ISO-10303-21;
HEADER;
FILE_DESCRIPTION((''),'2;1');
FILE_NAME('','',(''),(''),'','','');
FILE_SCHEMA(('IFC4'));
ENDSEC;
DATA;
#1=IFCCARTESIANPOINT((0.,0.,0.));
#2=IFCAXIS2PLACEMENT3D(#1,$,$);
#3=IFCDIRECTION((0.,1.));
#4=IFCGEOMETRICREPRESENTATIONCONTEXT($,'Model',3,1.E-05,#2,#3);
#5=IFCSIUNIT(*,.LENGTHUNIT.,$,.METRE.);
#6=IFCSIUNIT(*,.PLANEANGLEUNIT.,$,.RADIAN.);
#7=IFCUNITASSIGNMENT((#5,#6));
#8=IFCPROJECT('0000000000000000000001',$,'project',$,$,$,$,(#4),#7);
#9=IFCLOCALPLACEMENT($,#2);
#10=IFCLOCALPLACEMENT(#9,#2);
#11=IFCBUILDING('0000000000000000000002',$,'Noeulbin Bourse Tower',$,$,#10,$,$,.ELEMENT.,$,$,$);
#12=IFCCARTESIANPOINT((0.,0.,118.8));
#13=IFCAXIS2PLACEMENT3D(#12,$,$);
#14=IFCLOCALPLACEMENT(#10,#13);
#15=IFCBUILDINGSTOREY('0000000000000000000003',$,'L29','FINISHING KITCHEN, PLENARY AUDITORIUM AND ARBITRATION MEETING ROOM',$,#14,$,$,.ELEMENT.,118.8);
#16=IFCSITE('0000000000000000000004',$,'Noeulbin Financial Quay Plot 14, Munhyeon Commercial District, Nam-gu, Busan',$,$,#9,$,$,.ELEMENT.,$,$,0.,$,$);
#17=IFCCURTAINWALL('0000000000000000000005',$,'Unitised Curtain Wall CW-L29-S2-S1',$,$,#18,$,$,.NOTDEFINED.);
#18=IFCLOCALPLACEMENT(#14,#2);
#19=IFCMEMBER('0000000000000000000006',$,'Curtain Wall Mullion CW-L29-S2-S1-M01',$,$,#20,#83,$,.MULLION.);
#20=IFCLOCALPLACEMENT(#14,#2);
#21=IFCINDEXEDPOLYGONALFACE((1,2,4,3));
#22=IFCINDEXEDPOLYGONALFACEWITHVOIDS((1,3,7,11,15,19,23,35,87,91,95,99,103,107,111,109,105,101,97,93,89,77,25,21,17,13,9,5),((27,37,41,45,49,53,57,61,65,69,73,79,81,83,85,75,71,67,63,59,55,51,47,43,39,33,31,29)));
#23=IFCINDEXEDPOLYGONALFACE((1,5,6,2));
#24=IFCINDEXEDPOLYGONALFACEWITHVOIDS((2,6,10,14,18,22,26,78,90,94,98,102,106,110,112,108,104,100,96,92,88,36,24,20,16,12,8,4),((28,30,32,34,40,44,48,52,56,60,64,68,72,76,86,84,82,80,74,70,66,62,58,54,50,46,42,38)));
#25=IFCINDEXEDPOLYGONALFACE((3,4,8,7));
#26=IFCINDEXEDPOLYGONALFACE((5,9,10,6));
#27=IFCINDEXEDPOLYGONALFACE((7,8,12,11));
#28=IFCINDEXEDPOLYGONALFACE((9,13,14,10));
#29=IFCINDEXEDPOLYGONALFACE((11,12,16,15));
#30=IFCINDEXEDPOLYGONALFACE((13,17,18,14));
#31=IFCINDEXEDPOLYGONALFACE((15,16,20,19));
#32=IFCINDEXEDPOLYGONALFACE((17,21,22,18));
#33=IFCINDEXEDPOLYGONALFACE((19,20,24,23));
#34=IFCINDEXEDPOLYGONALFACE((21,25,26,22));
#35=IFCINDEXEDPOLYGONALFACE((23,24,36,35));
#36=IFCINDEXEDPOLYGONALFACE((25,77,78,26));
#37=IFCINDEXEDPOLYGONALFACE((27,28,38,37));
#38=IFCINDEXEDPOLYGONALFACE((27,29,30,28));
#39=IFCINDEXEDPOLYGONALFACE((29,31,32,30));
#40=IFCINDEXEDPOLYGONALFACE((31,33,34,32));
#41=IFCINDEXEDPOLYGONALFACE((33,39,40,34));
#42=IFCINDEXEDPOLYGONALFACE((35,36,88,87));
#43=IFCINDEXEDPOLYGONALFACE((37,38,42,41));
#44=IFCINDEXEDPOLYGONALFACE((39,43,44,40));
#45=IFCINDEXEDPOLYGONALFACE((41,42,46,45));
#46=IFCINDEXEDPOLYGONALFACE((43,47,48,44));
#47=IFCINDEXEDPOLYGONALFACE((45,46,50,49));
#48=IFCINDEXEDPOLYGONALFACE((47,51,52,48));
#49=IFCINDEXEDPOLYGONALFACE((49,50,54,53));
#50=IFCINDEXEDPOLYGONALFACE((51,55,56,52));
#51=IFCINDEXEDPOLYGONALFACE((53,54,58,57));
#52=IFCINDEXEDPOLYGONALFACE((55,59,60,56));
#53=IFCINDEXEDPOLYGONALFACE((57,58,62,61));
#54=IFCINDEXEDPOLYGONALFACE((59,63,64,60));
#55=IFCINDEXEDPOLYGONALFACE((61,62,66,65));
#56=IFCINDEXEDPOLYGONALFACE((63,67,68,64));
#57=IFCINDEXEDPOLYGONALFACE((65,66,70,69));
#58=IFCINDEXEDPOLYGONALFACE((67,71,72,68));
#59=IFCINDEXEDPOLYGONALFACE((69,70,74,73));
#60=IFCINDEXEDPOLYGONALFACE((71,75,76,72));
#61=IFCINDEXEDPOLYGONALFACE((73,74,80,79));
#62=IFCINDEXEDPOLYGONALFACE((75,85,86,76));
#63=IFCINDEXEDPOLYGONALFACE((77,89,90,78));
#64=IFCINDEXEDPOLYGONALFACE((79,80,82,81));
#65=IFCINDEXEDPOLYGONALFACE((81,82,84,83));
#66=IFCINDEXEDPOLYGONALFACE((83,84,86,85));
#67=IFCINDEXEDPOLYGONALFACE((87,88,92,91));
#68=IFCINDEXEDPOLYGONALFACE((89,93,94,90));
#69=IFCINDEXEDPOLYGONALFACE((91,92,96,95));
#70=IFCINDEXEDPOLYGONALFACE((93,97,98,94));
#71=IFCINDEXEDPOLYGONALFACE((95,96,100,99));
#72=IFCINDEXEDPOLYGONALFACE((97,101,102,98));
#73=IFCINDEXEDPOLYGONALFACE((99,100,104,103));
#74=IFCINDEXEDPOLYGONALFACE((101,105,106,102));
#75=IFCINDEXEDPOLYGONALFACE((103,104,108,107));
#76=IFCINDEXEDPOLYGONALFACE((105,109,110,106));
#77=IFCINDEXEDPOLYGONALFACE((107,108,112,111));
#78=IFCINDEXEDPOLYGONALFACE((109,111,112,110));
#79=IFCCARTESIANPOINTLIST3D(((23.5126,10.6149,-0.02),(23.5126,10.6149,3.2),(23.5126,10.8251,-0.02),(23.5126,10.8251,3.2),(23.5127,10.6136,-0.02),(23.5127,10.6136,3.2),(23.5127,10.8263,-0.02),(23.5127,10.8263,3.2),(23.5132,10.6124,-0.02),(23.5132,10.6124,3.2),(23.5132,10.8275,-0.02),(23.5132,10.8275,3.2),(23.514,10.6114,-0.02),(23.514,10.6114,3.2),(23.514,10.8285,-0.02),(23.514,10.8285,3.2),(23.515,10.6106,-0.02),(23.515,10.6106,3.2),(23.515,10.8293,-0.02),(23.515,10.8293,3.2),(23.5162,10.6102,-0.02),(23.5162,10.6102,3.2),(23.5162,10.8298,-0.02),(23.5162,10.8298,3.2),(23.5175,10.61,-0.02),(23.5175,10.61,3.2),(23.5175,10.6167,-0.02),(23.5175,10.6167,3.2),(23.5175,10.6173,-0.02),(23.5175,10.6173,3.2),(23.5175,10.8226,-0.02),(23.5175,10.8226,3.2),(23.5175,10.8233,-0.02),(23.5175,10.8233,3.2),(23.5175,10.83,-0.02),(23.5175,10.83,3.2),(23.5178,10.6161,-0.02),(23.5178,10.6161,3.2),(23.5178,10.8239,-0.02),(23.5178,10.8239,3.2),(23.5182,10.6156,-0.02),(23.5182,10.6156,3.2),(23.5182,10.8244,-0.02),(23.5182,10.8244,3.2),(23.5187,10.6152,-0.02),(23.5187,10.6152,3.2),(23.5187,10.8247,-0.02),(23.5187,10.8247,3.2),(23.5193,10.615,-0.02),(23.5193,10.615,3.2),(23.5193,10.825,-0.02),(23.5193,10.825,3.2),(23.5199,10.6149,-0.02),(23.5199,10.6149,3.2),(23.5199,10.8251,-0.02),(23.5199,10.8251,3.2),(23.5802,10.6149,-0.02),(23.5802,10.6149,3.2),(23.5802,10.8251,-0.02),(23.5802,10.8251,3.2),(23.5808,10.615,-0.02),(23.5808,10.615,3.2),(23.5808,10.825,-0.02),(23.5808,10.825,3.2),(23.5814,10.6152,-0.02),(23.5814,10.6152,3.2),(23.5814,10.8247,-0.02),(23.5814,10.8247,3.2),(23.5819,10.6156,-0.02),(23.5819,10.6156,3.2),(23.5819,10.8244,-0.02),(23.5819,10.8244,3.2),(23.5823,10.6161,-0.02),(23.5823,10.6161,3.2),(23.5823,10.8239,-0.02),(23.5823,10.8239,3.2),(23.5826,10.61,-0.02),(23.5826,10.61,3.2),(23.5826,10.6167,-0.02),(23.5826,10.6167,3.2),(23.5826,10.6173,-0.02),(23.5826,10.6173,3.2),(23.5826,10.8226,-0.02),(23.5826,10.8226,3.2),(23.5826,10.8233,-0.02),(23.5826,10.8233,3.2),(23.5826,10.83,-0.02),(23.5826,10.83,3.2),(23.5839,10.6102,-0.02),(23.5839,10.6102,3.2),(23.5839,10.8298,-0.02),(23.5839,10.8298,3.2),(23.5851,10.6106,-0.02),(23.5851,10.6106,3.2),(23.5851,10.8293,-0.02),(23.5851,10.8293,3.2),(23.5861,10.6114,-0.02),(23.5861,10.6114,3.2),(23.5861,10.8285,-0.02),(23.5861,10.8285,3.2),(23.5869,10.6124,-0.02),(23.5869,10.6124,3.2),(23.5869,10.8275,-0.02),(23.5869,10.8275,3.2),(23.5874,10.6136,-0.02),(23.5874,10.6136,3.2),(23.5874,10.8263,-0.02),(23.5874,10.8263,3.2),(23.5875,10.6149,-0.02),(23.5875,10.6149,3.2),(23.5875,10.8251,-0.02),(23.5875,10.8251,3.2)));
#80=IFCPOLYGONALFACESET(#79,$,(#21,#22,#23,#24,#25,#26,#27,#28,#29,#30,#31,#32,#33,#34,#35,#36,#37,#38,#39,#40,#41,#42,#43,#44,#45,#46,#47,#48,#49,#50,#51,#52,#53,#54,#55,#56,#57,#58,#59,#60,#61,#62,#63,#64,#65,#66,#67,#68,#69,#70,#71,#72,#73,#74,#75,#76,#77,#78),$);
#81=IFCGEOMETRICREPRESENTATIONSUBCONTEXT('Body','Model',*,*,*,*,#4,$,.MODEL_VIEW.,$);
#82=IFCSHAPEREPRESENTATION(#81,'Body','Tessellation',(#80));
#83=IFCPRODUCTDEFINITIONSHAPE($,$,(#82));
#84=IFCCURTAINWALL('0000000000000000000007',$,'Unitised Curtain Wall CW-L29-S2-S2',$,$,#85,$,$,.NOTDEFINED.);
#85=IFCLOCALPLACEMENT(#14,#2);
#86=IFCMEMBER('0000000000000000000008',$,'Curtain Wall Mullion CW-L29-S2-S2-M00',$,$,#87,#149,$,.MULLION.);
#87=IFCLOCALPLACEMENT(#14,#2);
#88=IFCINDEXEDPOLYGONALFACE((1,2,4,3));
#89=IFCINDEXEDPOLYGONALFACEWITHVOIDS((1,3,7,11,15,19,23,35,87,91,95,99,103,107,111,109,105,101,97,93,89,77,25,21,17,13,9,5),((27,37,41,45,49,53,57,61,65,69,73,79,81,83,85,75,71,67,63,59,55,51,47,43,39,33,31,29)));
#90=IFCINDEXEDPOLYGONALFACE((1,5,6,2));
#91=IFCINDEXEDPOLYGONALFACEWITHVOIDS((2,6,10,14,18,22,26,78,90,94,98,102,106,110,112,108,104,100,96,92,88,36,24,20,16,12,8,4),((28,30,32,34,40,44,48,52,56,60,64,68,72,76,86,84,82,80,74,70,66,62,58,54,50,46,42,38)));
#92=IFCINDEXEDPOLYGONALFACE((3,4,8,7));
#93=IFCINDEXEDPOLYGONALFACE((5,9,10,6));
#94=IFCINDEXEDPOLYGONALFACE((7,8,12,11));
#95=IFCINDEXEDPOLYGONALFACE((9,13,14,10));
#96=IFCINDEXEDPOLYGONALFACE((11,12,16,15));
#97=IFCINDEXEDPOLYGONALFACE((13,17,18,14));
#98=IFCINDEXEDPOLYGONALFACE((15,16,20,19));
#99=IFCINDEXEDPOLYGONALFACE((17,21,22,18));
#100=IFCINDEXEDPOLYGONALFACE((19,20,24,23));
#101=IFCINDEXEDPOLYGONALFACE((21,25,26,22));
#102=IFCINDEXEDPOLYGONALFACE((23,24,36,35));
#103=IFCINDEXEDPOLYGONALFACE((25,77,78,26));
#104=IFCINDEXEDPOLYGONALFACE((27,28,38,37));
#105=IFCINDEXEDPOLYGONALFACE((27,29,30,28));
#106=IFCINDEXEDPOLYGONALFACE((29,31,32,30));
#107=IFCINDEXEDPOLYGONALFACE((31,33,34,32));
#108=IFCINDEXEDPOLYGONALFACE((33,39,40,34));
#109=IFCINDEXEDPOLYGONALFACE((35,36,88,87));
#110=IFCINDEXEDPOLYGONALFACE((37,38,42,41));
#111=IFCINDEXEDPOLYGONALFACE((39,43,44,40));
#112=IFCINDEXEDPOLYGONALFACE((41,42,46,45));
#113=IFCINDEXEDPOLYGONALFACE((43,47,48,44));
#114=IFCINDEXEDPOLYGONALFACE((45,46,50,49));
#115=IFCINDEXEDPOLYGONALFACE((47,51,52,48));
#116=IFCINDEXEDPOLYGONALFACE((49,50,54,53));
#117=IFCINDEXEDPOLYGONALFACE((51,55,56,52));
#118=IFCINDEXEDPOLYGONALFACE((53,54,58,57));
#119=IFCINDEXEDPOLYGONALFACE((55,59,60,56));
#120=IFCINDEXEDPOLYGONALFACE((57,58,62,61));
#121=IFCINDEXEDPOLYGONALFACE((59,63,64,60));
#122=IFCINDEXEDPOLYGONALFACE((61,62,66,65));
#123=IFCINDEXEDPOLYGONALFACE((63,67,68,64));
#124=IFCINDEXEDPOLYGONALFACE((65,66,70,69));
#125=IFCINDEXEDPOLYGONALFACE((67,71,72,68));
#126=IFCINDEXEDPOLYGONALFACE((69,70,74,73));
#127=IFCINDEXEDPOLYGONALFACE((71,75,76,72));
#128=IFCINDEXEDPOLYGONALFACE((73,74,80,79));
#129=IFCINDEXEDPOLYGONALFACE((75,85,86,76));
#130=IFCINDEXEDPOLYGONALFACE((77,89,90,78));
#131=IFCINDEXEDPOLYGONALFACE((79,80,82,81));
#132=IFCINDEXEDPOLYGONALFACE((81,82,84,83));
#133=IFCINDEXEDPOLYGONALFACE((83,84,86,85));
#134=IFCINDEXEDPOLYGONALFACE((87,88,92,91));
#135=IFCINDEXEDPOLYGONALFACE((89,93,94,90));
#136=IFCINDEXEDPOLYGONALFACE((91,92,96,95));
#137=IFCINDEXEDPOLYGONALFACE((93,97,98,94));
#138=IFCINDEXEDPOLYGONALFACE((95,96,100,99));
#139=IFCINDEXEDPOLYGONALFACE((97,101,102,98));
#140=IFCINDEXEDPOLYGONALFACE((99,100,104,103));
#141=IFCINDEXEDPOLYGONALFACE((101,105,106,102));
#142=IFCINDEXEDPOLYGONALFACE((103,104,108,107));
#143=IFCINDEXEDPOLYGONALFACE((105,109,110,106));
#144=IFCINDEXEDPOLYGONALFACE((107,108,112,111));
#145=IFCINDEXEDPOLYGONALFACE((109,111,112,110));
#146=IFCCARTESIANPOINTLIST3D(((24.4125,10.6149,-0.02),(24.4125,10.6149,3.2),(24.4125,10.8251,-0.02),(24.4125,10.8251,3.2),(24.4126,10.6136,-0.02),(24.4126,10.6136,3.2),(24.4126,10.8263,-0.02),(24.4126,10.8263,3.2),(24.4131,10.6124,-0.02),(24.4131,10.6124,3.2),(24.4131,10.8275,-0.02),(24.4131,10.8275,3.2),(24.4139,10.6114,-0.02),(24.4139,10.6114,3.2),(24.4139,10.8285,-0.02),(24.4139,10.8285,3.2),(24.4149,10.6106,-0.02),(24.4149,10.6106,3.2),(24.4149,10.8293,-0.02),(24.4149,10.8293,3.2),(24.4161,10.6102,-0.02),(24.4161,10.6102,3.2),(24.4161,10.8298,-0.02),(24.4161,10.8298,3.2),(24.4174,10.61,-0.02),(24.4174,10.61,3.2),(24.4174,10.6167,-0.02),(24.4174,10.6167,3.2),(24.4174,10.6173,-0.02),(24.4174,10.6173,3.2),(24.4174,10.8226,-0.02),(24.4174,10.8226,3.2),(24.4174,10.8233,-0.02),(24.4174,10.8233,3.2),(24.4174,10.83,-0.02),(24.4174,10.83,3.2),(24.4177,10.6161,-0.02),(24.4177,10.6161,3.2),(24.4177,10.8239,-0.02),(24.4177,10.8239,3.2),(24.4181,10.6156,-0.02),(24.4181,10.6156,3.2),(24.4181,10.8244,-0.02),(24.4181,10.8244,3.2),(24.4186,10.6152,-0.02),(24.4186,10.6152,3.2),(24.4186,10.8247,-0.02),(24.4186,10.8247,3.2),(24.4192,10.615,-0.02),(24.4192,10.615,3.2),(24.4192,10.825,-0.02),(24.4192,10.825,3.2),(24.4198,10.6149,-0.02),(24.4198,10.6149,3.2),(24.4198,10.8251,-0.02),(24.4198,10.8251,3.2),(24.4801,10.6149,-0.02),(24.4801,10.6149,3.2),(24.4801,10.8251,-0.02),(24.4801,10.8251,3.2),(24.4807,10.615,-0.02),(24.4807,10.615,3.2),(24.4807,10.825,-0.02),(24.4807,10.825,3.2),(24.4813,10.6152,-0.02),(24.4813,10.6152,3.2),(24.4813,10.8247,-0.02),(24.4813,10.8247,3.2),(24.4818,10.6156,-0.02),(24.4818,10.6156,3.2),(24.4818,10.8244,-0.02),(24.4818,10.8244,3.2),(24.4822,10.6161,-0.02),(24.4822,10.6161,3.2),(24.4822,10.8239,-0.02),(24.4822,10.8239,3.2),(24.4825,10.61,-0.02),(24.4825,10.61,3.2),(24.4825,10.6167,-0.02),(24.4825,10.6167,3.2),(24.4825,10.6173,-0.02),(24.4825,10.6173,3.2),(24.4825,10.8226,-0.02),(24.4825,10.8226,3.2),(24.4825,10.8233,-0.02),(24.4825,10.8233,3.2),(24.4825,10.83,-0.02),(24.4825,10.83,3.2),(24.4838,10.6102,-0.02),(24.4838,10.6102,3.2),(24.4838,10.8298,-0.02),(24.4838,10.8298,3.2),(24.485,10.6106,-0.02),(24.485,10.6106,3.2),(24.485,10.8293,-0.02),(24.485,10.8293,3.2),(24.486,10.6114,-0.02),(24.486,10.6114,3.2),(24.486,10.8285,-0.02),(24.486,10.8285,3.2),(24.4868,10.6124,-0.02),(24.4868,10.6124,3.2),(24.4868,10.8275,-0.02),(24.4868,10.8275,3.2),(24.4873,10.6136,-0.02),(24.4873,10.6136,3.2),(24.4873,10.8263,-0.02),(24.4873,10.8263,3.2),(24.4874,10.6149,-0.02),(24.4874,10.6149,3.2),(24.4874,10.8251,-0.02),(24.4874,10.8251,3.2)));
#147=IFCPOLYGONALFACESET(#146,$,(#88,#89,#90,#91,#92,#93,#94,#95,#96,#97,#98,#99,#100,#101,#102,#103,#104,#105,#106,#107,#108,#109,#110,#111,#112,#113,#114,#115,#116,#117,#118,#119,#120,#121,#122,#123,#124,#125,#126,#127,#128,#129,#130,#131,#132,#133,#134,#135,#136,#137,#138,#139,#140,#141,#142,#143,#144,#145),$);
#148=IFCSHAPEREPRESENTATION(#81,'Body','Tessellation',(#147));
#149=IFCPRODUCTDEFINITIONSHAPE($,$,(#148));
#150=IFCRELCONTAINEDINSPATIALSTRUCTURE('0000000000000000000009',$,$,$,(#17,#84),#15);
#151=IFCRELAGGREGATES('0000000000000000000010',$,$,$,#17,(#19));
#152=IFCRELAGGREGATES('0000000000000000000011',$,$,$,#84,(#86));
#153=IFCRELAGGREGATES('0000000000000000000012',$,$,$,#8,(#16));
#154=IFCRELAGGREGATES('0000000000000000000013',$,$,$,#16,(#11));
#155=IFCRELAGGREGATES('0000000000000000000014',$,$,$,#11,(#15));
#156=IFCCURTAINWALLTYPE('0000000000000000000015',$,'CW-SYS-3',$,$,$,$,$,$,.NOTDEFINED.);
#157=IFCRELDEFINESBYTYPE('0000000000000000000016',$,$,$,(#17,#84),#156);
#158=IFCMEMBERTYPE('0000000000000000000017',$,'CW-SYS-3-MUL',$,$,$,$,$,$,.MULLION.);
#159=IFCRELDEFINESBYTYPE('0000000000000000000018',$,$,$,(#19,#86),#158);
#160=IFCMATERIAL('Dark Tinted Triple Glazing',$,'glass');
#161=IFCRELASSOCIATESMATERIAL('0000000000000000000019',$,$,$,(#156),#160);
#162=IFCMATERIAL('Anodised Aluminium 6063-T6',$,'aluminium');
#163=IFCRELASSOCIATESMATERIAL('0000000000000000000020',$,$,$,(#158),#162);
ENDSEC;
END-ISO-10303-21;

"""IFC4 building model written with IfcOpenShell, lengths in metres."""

from ifc_helpers import new_model, si_unit, direction, frame, origin, origin_2d, place, context, subcontext, project, spatial, hollow_rectangle, extrude, material, material_profile, profile_set, type_object, element, aggregate, save


model = new_model("IFC4")

# Units and contexts
model_context = context("Model", 3, precision=1e-05, world=origin(), true_north=direction((0.0, 1.0)))
body_context = subcontext(model_context, "Body", "Model", "MODEL_VIEW")
ifc_project = project(units=[si_unit("LENGTHUNIT", "METRE"), si_unit("PLANEANGLEUNIT", "RADIAN")], contexts=[model_context])

# Site, building, storey
site_placement = place(None, origin())
site = spatial("IfcSite", under=ifc_project, at=site_placement, Name="Noeulbin Financial Quay Plot 14, Munhyeon Commercial District, Nam-gu, Busan", CompositionType="ELEMENT", RefElevation=0.0)
building_placement = place(site_placement, origin())
building = spatial("IfcBuilding", under=site, at=building_placement, Name="Noeulbin Bourse Tower", CompositionType="ELEMENT")
storey_placement = place(building_placement, frame((0.0, 0.0, 118.8)))
storey = spatial("IfcBuildingStorey", under=building, at=storey_placement, Name="L29", Description="FINISHING KITCHEN, PLENARY AUDITORIUM AND ARBITRATION MEETING ROOM", CompositionType="ELEMENT", Elevation=118.8)

# Shared definitions
ifc_material_1 = material(Name="Dark Tinted Triple Glazing", Category="glass")
curtain_wall_type = type_object("IfcCurtainWallType", Name="CW-SYS-3", PredefinedType="NOTDEFINED", material=ifc_material_1)
ifc_material_2 = material(Name="Anodised Aluminium 6063-T6", Category="aluminium")
ifc_material_profile_1 = material_profile(ifc_material_2, hollow_rectangle(XDim=0.075, YDim=0.22, WallThickness=0.0049, InnerFilletRadius=0.0024, OuterFilletRadius=0.0049, at=origin_2d()), Name="ALU-MULL-75x220x5", Category="LoadBearing")
ifc_profile_set_1 = profile_set([ifc_material_profile_1], Name="Anodised Aluminium 6063-T6")
member_type_1 = type_object("IfcMemberType", Name="CW-SYS-3-MUL", PredefinedType="MULLION", material=ifc_profile_set_1)

# Curtain walls, members
curtain_wall_1_placement = place(storey_placement, origin())
curtain_wall_1 = element("IfcCurtainWall", 1, at=curtain_wall_1_placement, inside=storey, type_object=curtain_wall_type, Name="Unitised Curtain Wall CW-L29-S2-S1", PredefinedType="NOTDEFINED")
member_1_placement = place(storey_placement, frame((23.55, 10.72, -0.02), z_axis=(0.0, 0.0, 1.0), x_axis=(1.0, 0.0, 0.0)))
member_1 = element("IfcMember", 2, at=member_1_placement, type_object=member_type_1, Name="Curtain Wall Mullion CW-L29-S2-S1-M01", PredefinedType="MULLION", context=body_context, shape_type="SweptSolid", body=[
    extrude(hollow_rectangle(XDim=0.075, YDim=0.22, WallThickness=0.0049, InnerFilletRadius=0.0024, OuterFilletRadius=0.0049, at=origin_2d()), origin(), (0.0, 0.0, 1.0), 3.22),
])
curtain_wall_2_placement = place(storey_placement, origin())
curtain_wall_2 = element("IfcCurtainWall", 3, at=curtain_wall_2_placement, inside=storey, type_object=curtain_wall_type, Name="Unitised Curtain Wall CW-L29-S2-S2", PredefinedType="NOTDEFINED")
member_2_placement = place(storey_placement, frame((24.45, 10.72, -0.02), z_axis=(0.0, 0.0, 1.0), x_axis=(1.0, 0.0, 0.0)))
member_2 = element("IfcMember", 4, at=member_2_placement, type_object=member_type_1, Name="Curtain Wall Mullion CW-L29-S2-S2-M00", PredefinedType="MULLION", context=body_context, shape_type="SweptSolid", body=[
    extrude(hollow_rectangle(XDim=0.075, YDim=0.22, WallThickness=0.0049, InnerFilletRadius=0.0024, OuterFilletRadius=0.0049, at=origin_2d()), origin(), (0.0, 0.0, 1.0), 3.22),
])

aggregate(curtain_wall_1, [member_1])
aggregate(curtain_wall_2, [member_2])

save(model, "model.ifc")
